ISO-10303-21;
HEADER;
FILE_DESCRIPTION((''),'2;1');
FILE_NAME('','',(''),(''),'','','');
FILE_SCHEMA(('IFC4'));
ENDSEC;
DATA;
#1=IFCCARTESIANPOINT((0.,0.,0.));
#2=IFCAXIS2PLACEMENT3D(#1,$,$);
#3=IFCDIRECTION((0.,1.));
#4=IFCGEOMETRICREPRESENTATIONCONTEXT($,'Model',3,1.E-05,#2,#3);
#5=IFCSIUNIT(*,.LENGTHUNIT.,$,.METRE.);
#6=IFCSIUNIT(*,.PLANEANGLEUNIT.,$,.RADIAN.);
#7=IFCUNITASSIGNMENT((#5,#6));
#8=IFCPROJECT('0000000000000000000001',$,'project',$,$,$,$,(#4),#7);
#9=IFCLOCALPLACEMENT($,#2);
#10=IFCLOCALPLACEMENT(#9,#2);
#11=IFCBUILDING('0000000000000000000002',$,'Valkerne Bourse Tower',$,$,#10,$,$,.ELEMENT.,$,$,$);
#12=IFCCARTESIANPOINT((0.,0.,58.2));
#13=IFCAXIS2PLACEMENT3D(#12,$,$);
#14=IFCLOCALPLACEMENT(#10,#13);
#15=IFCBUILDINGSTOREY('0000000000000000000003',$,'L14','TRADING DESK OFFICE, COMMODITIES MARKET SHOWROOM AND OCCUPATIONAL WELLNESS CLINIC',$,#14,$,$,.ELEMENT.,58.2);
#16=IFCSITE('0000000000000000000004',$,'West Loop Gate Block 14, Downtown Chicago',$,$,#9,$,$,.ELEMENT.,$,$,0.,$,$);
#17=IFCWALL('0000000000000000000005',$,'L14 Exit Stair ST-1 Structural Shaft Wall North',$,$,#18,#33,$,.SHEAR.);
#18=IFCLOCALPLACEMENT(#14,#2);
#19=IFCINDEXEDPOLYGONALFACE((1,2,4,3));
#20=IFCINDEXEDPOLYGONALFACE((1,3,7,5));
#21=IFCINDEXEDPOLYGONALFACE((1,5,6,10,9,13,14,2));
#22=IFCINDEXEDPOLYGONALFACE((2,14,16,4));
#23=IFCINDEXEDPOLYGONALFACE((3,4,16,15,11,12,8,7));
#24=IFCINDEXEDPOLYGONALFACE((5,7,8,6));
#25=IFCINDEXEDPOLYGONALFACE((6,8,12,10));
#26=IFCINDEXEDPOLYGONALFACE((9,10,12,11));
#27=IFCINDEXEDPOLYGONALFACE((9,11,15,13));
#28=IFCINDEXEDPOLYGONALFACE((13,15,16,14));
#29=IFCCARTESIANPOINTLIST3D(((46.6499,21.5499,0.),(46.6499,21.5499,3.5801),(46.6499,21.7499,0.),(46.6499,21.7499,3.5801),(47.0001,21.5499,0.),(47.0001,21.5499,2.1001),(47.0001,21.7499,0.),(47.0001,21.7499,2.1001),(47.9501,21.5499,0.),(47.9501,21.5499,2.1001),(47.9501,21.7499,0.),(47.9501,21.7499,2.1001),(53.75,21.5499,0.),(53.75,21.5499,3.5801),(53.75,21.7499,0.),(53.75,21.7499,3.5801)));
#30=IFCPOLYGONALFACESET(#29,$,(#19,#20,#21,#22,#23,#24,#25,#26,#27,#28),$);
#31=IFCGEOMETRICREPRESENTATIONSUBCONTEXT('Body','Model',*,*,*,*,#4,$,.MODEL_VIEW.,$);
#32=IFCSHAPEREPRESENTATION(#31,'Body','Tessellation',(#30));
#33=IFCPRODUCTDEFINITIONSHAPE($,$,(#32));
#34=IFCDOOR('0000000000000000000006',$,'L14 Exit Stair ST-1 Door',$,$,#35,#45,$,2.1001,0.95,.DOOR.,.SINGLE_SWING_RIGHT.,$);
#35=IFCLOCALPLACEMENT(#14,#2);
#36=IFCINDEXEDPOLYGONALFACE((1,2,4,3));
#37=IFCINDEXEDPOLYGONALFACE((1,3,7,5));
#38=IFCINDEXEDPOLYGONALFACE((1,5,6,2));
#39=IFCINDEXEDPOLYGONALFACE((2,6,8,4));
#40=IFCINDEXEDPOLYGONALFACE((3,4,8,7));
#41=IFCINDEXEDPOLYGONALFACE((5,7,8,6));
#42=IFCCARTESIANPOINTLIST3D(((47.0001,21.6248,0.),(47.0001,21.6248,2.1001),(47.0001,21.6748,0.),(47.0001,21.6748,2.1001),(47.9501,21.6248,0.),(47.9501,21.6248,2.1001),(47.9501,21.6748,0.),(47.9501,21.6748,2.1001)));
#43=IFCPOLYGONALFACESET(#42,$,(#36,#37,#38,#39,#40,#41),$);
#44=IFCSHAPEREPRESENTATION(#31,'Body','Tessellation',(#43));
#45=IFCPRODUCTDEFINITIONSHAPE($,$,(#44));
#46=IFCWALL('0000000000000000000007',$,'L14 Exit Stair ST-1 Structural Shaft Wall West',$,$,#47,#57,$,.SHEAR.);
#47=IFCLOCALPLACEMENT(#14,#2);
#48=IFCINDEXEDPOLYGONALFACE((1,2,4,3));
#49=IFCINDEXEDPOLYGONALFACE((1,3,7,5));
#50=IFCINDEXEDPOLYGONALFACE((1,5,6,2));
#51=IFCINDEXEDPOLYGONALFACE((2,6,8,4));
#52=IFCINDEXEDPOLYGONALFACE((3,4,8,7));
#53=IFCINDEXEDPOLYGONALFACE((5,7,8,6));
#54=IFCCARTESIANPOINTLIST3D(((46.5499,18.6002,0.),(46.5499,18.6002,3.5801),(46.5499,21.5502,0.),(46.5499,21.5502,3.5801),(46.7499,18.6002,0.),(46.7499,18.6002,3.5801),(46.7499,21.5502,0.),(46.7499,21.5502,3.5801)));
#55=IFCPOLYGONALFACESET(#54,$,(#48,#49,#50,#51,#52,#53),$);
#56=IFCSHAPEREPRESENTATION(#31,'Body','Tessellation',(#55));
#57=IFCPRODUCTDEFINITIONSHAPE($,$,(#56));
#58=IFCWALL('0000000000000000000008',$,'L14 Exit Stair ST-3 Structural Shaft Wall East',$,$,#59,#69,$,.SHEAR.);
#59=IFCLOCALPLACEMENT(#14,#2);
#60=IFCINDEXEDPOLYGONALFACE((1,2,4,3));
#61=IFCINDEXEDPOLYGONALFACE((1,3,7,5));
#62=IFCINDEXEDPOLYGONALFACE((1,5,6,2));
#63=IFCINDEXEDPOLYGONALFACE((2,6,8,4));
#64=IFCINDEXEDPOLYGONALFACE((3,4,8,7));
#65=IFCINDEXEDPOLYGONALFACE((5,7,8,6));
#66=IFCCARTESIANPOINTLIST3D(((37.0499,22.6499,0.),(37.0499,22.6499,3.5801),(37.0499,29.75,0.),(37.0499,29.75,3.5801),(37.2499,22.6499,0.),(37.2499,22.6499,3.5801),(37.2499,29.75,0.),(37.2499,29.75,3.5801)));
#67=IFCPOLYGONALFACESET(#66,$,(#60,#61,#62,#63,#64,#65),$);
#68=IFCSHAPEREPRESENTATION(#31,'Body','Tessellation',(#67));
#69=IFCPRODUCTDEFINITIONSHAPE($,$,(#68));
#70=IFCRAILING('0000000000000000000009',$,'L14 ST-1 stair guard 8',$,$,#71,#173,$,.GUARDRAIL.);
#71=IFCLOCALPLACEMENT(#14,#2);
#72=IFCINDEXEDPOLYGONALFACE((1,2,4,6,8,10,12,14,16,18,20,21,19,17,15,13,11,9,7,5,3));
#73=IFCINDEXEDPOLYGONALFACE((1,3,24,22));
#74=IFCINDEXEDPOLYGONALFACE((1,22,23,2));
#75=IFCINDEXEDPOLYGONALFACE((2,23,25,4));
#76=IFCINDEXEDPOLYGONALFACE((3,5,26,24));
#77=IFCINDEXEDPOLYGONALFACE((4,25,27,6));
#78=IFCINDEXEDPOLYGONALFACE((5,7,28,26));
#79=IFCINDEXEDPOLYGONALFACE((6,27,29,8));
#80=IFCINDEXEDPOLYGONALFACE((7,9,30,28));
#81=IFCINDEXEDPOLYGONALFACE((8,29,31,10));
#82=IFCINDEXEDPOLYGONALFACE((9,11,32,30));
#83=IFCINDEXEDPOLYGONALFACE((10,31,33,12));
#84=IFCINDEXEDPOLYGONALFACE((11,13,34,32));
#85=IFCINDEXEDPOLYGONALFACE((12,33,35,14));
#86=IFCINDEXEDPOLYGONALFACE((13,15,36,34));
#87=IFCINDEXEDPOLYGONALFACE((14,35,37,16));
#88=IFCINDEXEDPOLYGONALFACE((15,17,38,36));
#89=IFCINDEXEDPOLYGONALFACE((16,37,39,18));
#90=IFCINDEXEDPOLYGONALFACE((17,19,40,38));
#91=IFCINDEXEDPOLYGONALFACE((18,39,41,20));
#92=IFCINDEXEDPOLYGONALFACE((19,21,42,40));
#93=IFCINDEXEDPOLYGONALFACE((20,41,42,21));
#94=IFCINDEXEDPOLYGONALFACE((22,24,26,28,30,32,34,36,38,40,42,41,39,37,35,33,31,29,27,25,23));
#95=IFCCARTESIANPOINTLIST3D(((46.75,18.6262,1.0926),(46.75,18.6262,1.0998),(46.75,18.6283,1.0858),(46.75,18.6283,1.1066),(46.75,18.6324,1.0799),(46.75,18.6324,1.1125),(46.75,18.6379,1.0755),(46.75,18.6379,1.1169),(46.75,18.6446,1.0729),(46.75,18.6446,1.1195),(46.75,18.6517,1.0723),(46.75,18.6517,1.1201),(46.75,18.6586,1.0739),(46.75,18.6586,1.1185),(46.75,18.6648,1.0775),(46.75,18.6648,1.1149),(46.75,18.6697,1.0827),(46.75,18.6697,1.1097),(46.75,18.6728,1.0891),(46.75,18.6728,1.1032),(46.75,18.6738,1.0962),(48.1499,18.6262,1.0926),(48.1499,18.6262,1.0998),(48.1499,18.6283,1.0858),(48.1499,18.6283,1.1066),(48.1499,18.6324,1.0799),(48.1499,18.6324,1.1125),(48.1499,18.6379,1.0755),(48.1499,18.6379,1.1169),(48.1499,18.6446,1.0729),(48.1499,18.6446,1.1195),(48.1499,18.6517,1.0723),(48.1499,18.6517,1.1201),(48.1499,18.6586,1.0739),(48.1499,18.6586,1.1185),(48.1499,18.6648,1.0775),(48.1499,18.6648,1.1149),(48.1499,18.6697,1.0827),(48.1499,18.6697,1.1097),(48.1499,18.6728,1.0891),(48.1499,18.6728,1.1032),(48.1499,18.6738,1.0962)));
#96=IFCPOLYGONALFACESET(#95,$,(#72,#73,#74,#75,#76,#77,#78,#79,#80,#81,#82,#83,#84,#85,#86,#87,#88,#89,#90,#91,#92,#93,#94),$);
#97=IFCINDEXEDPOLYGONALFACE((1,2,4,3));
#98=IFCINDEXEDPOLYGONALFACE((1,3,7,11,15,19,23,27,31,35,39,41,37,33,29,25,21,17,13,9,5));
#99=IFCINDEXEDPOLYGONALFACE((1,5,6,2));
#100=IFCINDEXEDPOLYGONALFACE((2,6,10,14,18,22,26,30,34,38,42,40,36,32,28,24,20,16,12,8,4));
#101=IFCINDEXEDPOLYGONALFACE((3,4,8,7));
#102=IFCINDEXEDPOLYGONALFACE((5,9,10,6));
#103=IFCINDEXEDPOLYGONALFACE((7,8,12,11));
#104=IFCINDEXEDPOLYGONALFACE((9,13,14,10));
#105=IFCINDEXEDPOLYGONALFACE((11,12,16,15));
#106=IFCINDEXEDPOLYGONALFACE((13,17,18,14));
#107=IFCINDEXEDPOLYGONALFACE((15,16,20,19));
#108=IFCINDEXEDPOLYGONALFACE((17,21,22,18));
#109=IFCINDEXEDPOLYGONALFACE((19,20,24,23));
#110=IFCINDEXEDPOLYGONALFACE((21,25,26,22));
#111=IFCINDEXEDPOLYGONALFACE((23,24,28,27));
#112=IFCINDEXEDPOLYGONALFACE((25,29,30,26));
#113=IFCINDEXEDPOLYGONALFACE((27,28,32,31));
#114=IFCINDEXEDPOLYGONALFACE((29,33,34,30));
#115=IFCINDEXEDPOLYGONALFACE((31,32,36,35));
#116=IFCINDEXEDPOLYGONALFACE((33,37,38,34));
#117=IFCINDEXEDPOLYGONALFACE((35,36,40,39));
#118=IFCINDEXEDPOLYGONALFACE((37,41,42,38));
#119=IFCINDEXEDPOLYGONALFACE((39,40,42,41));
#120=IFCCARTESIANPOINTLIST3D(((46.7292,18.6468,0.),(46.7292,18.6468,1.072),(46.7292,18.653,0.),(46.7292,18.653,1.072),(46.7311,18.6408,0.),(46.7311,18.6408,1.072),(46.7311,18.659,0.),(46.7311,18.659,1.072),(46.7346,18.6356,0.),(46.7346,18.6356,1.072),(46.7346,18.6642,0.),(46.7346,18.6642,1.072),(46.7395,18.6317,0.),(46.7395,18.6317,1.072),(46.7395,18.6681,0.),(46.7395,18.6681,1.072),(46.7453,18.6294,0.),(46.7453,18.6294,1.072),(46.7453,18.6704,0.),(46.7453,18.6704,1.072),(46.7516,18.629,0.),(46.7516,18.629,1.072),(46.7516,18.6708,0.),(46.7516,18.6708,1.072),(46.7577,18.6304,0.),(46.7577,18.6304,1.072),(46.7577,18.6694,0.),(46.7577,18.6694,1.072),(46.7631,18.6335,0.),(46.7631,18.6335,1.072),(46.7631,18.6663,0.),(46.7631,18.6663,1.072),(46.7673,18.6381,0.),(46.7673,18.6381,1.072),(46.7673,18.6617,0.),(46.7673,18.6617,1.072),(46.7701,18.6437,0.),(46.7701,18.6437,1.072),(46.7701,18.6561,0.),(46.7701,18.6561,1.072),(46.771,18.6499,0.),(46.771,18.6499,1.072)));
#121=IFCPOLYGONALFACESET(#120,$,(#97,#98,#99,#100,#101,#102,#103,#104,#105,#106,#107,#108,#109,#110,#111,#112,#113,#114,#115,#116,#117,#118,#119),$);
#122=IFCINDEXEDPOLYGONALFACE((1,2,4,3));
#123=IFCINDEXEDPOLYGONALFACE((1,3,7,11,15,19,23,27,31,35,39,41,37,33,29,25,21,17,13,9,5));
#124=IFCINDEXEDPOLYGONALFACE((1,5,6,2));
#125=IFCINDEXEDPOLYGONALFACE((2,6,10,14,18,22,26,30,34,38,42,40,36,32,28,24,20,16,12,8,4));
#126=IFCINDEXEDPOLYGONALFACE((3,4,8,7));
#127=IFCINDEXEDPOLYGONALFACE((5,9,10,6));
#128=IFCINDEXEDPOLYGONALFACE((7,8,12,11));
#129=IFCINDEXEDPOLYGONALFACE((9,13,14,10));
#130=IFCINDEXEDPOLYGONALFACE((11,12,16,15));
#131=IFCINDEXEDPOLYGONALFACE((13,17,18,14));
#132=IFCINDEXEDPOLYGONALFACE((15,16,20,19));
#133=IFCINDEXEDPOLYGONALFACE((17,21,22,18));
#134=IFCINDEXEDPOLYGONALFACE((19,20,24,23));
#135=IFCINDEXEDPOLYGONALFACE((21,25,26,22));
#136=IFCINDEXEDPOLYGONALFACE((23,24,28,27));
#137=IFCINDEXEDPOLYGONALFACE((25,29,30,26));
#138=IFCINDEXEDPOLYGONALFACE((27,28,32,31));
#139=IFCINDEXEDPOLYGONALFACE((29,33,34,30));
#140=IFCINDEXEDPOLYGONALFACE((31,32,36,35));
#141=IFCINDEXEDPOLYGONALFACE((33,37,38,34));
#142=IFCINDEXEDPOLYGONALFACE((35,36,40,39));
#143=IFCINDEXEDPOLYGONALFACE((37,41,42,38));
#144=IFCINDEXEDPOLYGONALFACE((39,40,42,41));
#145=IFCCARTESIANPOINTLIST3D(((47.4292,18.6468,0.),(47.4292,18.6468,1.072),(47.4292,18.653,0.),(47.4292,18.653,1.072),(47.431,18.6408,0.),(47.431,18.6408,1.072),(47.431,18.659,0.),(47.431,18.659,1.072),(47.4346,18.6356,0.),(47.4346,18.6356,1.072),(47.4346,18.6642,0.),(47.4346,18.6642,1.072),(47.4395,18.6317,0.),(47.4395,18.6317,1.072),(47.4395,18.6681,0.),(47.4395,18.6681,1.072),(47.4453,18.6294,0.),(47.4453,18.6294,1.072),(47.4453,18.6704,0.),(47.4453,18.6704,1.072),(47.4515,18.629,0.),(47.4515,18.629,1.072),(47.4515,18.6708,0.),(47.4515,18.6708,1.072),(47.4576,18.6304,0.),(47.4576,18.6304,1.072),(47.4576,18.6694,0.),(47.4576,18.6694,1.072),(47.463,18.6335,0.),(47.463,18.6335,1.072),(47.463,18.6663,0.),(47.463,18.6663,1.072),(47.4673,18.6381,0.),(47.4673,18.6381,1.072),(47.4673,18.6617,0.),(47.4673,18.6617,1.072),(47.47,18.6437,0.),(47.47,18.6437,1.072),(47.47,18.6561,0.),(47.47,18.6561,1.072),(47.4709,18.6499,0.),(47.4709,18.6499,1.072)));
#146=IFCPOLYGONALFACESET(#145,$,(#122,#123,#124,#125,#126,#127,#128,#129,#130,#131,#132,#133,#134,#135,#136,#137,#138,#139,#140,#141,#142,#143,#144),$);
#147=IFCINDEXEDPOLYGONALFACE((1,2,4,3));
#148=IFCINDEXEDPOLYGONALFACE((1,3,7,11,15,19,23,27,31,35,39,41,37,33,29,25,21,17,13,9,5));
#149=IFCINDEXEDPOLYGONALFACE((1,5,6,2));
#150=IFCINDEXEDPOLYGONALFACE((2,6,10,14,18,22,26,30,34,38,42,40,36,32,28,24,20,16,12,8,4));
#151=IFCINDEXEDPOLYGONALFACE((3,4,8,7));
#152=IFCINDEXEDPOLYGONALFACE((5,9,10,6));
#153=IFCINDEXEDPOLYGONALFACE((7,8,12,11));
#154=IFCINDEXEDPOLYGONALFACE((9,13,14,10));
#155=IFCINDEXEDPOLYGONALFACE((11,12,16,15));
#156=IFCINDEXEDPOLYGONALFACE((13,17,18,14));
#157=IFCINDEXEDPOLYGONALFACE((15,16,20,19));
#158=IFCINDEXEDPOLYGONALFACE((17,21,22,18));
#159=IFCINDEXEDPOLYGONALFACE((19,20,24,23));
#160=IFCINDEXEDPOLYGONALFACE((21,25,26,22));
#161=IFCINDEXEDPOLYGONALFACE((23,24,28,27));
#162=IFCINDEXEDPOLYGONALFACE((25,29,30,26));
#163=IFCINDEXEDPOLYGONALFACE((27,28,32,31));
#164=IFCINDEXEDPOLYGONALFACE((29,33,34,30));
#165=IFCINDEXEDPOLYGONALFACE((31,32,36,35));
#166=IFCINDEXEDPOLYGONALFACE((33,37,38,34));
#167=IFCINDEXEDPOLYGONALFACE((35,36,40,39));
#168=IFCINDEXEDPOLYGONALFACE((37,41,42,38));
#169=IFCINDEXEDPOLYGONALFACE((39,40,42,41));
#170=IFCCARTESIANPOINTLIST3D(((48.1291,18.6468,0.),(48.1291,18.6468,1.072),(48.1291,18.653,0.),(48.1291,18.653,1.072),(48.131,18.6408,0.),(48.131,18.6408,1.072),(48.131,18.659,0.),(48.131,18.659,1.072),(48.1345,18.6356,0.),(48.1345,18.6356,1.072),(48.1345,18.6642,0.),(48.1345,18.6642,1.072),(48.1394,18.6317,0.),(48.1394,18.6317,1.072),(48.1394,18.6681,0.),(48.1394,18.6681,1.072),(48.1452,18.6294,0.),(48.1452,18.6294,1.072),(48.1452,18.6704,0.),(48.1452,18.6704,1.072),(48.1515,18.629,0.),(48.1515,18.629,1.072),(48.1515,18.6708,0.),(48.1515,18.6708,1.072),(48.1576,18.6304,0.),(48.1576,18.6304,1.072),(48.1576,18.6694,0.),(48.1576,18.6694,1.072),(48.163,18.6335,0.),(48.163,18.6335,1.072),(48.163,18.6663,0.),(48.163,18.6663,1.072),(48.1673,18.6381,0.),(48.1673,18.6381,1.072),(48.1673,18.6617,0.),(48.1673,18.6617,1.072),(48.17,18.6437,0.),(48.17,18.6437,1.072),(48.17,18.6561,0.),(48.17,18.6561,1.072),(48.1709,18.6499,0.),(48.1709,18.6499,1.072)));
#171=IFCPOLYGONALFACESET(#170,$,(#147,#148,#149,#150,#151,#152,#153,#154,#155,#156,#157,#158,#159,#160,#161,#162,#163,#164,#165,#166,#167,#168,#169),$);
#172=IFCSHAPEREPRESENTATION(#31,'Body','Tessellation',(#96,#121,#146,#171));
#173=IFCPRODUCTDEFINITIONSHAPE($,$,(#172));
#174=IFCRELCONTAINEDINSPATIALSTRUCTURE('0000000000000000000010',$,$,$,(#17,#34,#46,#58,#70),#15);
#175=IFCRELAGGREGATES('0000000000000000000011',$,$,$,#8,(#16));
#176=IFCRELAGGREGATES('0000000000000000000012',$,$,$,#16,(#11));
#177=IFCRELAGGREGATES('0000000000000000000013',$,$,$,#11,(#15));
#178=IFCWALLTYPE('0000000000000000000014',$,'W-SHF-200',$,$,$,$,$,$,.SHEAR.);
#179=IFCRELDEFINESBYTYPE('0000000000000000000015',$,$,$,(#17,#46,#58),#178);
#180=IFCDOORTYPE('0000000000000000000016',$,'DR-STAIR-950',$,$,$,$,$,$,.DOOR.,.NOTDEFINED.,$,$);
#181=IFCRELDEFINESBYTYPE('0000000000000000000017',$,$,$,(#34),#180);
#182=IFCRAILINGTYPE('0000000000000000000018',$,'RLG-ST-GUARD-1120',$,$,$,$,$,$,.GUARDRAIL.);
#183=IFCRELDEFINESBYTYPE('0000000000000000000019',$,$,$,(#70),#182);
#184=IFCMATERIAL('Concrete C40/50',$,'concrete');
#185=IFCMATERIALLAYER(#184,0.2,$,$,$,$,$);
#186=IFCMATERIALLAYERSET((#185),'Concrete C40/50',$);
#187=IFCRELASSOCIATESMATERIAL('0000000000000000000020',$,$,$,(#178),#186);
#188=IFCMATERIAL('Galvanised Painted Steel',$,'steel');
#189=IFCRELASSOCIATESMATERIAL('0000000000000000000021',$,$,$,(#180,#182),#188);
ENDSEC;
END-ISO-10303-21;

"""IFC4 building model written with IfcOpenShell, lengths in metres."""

from ifc_helpers import new_model, si_unit, direction, frame, frame_2d, origin, origin_2d, place, context, subcontext, project, spatial, rectangle, circle, extrude, material, layer, layer_set, type_object, element, fill, save


model = new_model("IFC4")

# Units and contexts
model_context = context("Model", 3, precision=1e-05, world=origin(), true_north=direction((0.0, 1.0)))
body_context = subcontext(model_context, "Body", "Model", "MODEL_VIEW")
ifc_project = project(units=[si_unit("LENGTHUNIT", "METRE"), si_unit("PLANEANGLEUNIT", "RADIAN")], contexts=[model_context])

# Site, building, storey
site_placement = place(None, origin())
site = spatial("IfcSite", under=ifc_project, at=site_placement, Name="West Loop Gate Block 14, Downtown Chicago", CompositionType="ELEMENT", RefElevation=0.0)
building_placement = place(site_placement, origin())
building = spatial("IfcBuilding", under=site, at=building_placement, Name="Valkerne Bourse Tower", CompositionType="ELEMENT")
storey_placement = place(building_placement, frame((0.0, 0.0, 58.2)))
storey = spatial("IfcBuildingStorey", under=building, at=storey_placement, Name="L14", Description="TRADING DESK OFFICE, COMMODITIES MARKET SHOWROOM AND OCCUPATIONAL WELLNESS CLINIC", CompositionType="ELEMENT", Elevation=58.2)

# Shared definitions
ifc_material_1 = material(Name="Galvanised Painted Steel", Category="steel")

# Wall, opening, door
ifc_material_2 = material(Name="Concrete C40/50", Category="concrete")
ifc_layer_1 = layer(ifc_material_2, 0.2)
ifc_layer_set_1 = layer_set([ifc_layer_1], Name="Concrete C40/50")
wall_type_1 = type_object("IfcWallType", Name="W-SHF-200", PredefinedType="SHEAR", material=ifc_layer_set_1)
wall_1_placement = place(storey_placement, frame((46.6499, 21.6499, 0.0), z_axis=(0.0, 0.0, 1.0), x_axis=(1.0, 0.0, 0.0)))
wall_1 = element("IfcWall", 1, at=wall_1_placement, inside=storey, type_object=wall_type_1, Name="L14 Exit Stair ST-1 Structural Shaft Wall North", PredefinedType="SHEAR", context=body_context, shape_type="SweptSolid", body=[
    extrude(rectangle(XDim=7.1001, YDim=0.2, at=frame_2d((3.55, 0.0))), origin(), (0.0, 0.0, 1.0), 3.5801),
])
opening_1_placement = place(wall_1_placement, frame((0.3501, 0.0, 0.0)))
opening_1 = element("IfcOpeningElement", 2, at=opening_1_placement, cuts=wall_1, PredefinedType="OPENING", context=body_context, shape_type="SweptSolid", body=[
    extrude(rectangle(XDim=0.95, YDim=2.1001, at=frame_2d((0.4751, 1.05))), frame((0.0, 0.1099, 0.0), z_axis=(0.0, -1.0, 0.0), x_axis=(1.0, 0.0, 0.0)), (0.0, 0.0, 1.0), 0.22),
])
door_type_1 = type_object("IfcDoorType", Name="DR-STAIR-950", OperationType="NOTDEFINED", PredefinedType="DOOR", material=ifc_material_1)
door_1_placement = place(opening_1_placement, origin())
door_1 = element("IfcDoor", 3, at=door_1_placement, inside=storey, type_object=door_type_1, Name="L14 Exit Stair ST-1 Door", OperationType="SINGLE_SWING_RIGHT", OverallHeight=2.1001, OverallWidth=0.95, PredefinedType="DOOR", context=body_context, shape_type="SweptSolid", body=[
    extrude(rectangle(XDim=0.95, YDim=2.1001, at=frame_2d((0.4751, 1.05))), frame((0.0, 0.0249, 0.0), z_axis=(0.0, -1.0, 0.0), x_axis=(1.0, 0.0, 0.0)), (0.0, 0.0, 1.0), 0.05),
])
fill(opening_1, door_1)

# Walls
wall_2_placement = place(storey_placement, frame((46.6499, 18.6001, 0.0), z_axis=(0.0, 0.0, 1.0), x_axis=(0.0, 1.0, 0.0)))
element("IfcWall", 4, at=wall_2_placement, inside=storey, type_object=wall_type_1, Name="L14 Exit Stair ST-1 Structural Shaft Wall West", PredefinedType="SHEAR", context=body_context, shape_type="SweptSolid", body=[
    extrude(rectangle(XDim=2.95, YDim=0.2, at=frame_2d((1.4751, 0.0))), origin(), (0.0, 0.0, 1.0), 3.5801),
])
wall_3_placement = place(storey_placement, frame((37.1499, 22.6499, 0.0), z_axis=(0.0, 0.0, 1.0), x_axis=(0.0, 1.0, 0.0)))
element("IfcWall", 5, at=wall_3_placement, inside=storey, type_object=wall_type_1, Name="L14 Exit Stair ST-3 Structural Shaft Wall East", PredefinedType="SHEAR", context=body_context, shape_type="SweptSolid", body=[
    extrude(rectangle(XDim=7.1001, YDim=0.2, at=frame_2d((3.55, 0.0))), origin(), (0.0, 0.0, 1.0), 3.5801),
])

# Railing
railing_type = type_object("IfcRailingType", Name="RLG-ST-GUARD-1120", PredefinedType="GUARDRAIL", material=ifc_material_1)
for number, where, name in (
    (6, (46.75, 18.6499, 0.0), "L14 ST-1 stair guard 8"),
):
    element("IfcRailing", number, at=place(storey_placement, frame(where)), inside=storey, type_object=railing_type, Name=name, PredefinedType="GUARDRAIL", context=body_context, shape_type="SweptSolid", body=[
        extrude(circle(Radius=0.0239, at=origin_2d()), frame((0.0, 0.0, 1.0962), z_axis=(1.0, 0.0, 0.0), x_axis=(0.0, 1.0, 0.0)), (0.0, 0.0, 1.0), 1.3999),
        extrude(circle(Radius=0.021, at=origin_2d()), origin(), (0.0, 0.0, 1.0), 1.072),
        extrude(circle(Radius=0.021, at=origin_2d()), frame((0.7, 0.0, 0.0)), (0.0, 0.0, 1.0), 1.072),
        extrude(circle(Radius=0.021, at=origin_2d()), frame((1.3999, 0.0, 0.0)), (0.0, 0.0, 1.0), 1.072),
    ])

save(model, "model.ifc")
